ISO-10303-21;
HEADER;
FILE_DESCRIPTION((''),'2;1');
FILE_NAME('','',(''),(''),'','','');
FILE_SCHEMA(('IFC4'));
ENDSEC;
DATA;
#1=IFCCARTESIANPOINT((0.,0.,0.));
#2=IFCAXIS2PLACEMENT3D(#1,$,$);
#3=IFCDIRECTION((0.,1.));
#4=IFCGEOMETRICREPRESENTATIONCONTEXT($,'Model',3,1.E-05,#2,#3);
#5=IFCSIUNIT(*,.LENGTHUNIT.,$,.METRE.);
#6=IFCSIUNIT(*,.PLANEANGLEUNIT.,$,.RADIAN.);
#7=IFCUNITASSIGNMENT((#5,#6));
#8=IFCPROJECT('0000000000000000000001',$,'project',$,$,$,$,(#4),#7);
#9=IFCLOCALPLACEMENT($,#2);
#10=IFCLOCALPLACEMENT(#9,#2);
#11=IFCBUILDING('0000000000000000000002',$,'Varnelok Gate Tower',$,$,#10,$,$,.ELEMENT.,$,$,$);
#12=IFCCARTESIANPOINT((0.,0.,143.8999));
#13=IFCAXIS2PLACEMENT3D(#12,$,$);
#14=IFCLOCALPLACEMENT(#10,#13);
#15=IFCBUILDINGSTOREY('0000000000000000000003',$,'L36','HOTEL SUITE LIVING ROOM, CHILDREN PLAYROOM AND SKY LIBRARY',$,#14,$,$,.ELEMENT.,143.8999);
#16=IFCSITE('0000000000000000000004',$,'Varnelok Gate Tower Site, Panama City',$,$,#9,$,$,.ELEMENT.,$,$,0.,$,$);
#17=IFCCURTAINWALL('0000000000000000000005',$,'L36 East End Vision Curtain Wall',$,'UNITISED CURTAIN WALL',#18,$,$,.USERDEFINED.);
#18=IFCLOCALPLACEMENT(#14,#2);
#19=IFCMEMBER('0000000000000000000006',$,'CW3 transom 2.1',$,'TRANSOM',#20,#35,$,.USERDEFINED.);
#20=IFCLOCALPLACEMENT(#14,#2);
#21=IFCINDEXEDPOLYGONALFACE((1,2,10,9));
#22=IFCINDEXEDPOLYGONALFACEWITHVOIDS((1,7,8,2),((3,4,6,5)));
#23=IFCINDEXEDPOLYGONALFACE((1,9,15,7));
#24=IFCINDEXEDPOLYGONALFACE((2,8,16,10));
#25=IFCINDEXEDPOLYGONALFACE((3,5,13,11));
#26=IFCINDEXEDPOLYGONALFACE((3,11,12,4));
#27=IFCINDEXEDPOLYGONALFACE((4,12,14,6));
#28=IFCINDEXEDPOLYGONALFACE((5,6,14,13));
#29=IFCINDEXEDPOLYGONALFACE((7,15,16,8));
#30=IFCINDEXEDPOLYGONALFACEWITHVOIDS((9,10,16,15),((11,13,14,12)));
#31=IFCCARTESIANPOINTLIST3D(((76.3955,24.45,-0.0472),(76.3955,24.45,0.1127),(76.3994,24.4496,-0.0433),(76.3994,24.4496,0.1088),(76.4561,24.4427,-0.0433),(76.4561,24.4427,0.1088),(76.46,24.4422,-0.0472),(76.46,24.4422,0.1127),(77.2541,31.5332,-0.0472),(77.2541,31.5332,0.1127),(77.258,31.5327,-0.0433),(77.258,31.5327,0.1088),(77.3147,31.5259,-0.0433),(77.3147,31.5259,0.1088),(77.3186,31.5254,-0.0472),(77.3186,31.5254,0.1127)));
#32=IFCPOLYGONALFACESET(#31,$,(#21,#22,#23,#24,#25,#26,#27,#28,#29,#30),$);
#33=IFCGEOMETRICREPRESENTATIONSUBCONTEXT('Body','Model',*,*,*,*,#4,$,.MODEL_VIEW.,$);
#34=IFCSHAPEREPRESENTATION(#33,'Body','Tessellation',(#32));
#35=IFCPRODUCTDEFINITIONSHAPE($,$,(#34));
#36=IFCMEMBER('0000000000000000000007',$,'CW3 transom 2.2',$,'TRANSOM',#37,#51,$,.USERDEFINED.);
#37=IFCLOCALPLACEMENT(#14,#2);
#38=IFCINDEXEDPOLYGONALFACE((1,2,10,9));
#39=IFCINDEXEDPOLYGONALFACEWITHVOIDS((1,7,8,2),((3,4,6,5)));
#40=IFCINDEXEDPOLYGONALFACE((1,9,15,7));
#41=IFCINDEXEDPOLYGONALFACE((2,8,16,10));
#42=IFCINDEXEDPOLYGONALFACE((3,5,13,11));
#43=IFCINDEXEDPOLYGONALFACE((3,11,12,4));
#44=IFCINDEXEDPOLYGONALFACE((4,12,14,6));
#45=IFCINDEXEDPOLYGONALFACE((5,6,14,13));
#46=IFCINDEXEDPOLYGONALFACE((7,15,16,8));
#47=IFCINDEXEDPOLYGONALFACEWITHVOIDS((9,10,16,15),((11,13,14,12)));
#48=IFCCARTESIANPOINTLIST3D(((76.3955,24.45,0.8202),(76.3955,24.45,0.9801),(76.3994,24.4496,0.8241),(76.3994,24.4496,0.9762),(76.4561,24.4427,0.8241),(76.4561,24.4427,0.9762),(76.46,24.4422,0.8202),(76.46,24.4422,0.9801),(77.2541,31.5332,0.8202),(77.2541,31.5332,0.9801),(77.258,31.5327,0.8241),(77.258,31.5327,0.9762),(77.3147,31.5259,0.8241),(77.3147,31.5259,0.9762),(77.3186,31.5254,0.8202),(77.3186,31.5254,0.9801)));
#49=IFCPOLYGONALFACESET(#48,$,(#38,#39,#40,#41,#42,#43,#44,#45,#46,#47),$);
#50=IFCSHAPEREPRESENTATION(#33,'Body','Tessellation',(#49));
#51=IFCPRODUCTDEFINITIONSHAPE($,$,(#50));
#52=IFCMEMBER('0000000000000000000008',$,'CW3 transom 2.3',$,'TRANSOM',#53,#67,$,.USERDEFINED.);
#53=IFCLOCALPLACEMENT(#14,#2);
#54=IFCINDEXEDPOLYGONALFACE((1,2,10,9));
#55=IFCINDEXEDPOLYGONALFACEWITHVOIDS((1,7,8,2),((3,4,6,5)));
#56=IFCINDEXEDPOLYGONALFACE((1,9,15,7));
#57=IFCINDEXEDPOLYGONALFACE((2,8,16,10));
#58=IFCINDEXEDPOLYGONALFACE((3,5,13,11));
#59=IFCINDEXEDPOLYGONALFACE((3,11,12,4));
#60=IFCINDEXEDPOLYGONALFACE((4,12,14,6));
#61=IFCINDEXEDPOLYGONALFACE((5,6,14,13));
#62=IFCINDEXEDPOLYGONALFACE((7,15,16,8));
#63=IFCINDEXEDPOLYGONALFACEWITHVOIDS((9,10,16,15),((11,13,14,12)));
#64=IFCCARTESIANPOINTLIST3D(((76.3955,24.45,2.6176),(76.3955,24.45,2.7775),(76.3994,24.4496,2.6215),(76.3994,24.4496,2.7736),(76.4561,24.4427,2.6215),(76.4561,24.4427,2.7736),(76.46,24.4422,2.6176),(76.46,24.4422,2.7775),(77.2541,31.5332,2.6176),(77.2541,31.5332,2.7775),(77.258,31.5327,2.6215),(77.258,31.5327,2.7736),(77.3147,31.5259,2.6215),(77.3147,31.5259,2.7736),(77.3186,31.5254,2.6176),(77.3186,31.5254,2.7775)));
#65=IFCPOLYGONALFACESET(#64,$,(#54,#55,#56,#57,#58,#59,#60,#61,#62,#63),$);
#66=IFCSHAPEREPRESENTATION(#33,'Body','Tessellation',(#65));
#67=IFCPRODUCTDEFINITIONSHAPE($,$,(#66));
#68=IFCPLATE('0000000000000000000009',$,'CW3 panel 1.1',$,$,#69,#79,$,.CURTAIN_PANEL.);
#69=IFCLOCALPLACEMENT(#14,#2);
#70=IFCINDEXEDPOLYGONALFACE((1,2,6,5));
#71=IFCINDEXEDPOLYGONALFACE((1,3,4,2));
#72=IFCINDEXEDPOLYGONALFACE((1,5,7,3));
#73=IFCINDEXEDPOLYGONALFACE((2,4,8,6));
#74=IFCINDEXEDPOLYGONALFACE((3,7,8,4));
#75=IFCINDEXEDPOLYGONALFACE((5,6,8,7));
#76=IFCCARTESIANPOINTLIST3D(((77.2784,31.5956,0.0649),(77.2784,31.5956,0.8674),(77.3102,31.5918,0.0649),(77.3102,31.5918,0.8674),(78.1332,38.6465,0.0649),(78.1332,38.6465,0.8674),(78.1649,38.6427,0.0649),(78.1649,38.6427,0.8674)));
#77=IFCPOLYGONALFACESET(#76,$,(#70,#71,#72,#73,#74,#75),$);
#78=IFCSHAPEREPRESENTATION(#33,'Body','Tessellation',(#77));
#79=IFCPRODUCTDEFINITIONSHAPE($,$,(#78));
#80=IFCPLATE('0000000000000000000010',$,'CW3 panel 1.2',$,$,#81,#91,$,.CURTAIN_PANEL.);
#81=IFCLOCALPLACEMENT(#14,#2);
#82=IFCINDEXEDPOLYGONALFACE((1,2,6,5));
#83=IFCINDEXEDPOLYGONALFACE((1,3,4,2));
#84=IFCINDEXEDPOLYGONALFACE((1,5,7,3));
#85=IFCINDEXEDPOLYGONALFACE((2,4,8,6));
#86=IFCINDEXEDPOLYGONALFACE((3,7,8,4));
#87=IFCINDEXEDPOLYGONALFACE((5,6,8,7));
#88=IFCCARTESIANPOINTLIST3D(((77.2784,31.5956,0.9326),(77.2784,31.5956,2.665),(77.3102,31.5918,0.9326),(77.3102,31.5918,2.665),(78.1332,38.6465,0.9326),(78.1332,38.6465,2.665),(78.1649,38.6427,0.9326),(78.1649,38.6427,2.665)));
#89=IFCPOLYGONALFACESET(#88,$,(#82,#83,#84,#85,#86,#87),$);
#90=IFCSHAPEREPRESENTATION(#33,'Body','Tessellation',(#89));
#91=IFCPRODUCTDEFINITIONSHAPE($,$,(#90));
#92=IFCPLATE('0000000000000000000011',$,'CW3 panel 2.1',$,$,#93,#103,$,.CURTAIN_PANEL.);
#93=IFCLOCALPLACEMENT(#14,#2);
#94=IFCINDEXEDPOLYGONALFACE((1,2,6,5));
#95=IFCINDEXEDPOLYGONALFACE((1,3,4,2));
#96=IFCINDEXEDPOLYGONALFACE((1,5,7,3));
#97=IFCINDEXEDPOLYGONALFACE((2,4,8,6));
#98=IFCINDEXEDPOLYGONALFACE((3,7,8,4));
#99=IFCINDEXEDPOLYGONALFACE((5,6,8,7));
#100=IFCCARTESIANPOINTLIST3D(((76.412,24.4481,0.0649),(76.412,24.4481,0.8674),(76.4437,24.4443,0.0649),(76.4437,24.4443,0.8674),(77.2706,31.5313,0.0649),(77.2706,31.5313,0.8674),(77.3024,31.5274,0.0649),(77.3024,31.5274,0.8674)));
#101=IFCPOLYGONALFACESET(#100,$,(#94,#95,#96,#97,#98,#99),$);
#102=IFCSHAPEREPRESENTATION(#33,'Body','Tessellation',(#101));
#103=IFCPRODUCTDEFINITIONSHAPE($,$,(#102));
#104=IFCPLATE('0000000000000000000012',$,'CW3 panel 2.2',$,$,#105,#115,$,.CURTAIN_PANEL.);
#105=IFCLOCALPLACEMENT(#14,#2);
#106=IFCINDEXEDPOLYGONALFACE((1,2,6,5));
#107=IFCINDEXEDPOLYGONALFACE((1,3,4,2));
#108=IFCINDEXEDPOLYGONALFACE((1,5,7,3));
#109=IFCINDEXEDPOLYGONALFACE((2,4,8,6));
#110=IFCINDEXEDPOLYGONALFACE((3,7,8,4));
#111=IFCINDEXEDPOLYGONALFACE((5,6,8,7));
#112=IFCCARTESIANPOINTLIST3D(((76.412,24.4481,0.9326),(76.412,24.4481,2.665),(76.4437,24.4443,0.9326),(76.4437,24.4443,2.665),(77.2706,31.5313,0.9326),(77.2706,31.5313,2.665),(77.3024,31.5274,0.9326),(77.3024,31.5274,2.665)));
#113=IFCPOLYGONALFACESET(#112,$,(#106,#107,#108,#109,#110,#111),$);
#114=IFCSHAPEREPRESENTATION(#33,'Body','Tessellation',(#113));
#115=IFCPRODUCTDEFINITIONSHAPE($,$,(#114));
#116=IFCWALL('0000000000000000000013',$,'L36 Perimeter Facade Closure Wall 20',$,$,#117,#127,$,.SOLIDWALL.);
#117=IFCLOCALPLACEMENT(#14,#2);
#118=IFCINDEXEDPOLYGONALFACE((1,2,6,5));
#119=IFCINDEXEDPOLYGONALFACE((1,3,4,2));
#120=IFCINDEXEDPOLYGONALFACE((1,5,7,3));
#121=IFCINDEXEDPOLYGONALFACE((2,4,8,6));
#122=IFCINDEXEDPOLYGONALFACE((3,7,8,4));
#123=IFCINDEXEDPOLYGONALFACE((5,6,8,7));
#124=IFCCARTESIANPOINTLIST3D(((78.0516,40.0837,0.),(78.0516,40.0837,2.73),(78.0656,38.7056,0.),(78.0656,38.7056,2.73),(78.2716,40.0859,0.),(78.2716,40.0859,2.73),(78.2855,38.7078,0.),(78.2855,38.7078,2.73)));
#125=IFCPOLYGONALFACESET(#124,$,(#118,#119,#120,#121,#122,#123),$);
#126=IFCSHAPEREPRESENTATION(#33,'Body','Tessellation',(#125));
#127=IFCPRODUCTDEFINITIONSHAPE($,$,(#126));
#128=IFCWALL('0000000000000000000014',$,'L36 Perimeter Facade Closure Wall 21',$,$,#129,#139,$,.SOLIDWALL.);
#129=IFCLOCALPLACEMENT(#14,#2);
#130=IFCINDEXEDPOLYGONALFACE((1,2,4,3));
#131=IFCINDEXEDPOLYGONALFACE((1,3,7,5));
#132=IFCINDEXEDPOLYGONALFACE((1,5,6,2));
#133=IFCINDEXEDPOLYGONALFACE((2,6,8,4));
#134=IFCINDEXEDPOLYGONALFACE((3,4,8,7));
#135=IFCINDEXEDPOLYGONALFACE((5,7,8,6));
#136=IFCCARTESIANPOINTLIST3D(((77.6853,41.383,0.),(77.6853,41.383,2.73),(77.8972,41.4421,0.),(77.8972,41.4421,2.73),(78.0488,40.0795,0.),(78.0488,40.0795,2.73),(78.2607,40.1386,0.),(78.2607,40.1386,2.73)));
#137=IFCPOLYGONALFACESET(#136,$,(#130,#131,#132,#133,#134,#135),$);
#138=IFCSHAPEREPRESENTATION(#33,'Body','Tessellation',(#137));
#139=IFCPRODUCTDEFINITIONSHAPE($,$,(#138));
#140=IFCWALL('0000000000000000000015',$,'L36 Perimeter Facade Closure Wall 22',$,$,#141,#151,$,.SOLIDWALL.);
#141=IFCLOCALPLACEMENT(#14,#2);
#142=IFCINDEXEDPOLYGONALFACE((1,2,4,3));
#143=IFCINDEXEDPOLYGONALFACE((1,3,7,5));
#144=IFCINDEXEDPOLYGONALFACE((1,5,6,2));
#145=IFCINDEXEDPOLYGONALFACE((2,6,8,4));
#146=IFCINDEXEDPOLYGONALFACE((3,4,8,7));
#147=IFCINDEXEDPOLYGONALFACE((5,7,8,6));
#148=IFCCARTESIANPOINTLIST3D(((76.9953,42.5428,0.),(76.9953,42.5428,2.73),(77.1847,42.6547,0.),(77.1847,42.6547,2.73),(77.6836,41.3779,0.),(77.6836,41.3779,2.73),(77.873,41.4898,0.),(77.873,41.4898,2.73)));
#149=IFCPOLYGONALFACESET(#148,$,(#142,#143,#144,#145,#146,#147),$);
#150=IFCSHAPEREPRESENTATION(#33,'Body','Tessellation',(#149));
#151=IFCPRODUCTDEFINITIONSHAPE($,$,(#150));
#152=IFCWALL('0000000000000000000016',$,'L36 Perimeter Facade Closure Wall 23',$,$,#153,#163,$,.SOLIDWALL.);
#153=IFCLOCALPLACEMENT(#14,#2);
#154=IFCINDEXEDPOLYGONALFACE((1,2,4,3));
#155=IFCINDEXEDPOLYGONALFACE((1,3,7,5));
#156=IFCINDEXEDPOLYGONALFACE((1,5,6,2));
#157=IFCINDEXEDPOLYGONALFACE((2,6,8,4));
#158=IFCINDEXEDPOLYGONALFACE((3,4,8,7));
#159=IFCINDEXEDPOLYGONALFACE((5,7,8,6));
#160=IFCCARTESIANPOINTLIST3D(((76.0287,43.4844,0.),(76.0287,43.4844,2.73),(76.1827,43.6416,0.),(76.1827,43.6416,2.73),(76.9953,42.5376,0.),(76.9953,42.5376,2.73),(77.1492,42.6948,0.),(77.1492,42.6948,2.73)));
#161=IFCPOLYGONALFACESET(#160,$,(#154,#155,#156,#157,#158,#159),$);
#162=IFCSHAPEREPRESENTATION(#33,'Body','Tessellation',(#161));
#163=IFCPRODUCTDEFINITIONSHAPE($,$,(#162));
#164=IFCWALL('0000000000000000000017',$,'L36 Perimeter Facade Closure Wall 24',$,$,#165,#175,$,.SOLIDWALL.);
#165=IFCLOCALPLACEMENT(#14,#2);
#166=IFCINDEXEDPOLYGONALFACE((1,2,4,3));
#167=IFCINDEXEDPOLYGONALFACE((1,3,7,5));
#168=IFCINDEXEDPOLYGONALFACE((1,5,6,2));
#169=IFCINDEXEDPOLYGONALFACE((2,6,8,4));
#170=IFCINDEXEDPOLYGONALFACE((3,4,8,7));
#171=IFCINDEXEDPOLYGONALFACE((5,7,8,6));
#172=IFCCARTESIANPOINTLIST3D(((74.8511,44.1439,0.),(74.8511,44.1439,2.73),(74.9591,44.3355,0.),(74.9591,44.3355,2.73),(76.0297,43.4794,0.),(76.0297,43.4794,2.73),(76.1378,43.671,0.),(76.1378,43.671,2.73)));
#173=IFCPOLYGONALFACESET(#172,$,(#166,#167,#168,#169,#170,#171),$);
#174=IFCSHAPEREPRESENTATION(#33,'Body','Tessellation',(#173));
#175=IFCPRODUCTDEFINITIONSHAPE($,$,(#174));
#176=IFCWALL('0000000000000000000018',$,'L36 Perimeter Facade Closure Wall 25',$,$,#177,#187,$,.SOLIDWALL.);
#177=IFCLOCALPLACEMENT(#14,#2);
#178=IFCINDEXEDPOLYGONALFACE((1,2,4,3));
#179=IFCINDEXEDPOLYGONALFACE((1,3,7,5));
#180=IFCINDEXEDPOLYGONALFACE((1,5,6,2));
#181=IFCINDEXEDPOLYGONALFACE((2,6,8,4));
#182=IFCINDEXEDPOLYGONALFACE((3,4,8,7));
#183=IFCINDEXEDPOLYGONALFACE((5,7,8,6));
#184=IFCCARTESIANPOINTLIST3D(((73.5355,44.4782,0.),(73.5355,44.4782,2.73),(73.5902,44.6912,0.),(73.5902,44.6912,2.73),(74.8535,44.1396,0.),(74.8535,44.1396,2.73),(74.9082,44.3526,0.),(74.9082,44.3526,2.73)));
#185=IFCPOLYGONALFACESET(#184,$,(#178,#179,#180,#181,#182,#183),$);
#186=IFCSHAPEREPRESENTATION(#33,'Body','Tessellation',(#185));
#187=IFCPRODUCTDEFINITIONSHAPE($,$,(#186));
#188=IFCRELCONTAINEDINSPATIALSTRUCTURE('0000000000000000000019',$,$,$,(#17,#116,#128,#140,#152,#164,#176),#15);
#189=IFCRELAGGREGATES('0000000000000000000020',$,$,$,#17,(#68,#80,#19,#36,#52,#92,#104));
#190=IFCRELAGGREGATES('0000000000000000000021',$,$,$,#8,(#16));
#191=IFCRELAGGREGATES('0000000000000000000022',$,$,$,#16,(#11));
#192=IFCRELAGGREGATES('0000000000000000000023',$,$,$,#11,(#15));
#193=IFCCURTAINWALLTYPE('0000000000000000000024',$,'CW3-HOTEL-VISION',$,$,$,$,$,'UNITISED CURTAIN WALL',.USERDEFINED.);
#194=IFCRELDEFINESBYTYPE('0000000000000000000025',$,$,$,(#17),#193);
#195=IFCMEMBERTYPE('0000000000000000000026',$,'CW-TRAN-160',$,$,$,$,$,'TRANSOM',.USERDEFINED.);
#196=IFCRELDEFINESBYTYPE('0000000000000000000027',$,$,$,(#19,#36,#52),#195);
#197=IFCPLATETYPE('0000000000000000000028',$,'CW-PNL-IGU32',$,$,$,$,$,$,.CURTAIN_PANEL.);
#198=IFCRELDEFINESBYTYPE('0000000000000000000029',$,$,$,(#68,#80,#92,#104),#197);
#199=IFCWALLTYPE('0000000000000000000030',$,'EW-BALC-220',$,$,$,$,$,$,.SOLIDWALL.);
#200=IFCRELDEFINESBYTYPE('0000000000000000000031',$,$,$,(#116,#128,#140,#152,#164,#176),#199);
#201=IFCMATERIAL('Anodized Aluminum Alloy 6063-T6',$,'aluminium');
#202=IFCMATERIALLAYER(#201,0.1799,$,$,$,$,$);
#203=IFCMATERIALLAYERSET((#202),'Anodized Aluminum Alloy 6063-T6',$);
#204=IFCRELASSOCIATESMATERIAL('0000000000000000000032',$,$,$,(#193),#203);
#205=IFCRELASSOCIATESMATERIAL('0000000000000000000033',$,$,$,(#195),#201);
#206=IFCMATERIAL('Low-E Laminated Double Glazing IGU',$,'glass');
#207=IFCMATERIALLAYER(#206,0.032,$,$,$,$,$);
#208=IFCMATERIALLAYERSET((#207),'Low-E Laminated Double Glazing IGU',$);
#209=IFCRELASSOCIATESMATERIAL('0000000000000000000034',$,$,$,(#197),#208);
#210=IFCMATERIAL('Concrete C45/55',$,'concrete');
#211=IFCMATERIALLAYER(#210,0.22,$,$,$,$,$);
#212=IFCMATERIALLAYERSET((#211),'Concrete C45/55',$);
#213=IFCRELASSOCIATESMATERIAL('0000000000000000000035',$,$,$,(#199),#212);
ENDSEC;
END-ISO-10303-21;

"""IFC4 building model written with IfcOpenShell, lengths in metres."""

from ifc_helpers import new_model, si_unit, direction, frame, frame_2d, origin, origin_2d, place, context, subcontext, project, spatial, rectangle, hollow_rectangle, extrude, source, transform, mapped, material, layer, layer_set, material_profile, profile_set, type_object, element, aggregate, save


model = new_model("IFC4")

# Units and contexts
model_context = context("Model", 3, precision=1e-05, world=origin(), true_north=direction((0.0, 1.0)))
body_context = subcontext(model_context, "Body", "Model", "MODEL_VIEW")
ifc_project = project(units=[si_unit("LENGTHUNIT", "METRE"), si_unit("PLANEANGLEUNIT", "RADIAN")], contexts=[model_context])

# Site, building, storey
site_placement = place(None, origin())
site = spatial("IfcSite", under=ifc_project, at=site_placement, Name="Varnelok Gate Tower Site, Panama City", CompositionType="ELEMENT", RefElevation=0.0)
building_placement = place(site_placement, origin())
building = spatial("IfcBuilding", under=site, at=building_placement, Name="Varnelok Gate Tower", CompositionType="ELEMENT")
storey_placement = place(building_placement, frame((0.0, 0.0, 143.8999)))
storey = spatial("IfcBuildingStorey", under=building, at=storey_placement, Name="L36", Description="HOTEL SUITE LIVING ROOM, CHILDREN PLAYROOM AND SKY LIBRARY", CompositionType="ELEMENT", Elevation=143.8999)

# Curtain wall, members, plates
ifc_material_1 = material(Name="Anodized Aluminum Alloy 6063-T6", Category="aluminium")
ifc_layer_1 = layer(ifc_material_1, 0.1799)
ifc_layer_set_1 = layer_set([ifc_layer_1], Name="Anodized Aluminum Alloy 6063-T6")
curtain_wall_type = type_object("IfcCurtainWallType", Name="CW3-HOTEL-VISION", ElementType="UNITISED CURTAIN WALL", PredefinedType="USERDEFINED", material=ifc_layer_set_1)
curtain_wall_placement = place(storey_placement, origin())
curtain_wall = element("IfcCurtainWall", 1, at=curtain_wall_placement, inside=storey, type_object=curtain_wall_type, Name="L36 East End Vision Curtain Wall", ObjectType="UNITISED CURTAIN WALL", PredefinedType="USERDEFINED")
ifc_material_profile_1 = material_profile(ifc_material_1, hollow_rectangle(XDim=0.0649, YDim=0.1599, WallThickness=0.0039, at=origin_2d()), Name="ALU160X65X4")
ifc_profile_set_1 = profile_set([ifc_material_profile_1], Name="Anodized Aluminum Alloy 6063-T6")
member_type_1 = type_object("IfcMemberType", Name="CW-TRAN-160", ElementType="TRANSOM", PredefinedType="USERDEFINED", material=ifc_profile_set_1)
member_1_placement = place(storey_placement, frame((77.2864, 31.5293, 0.0327), z_axis=(-0.120341, -0.992733, 0.0), x_axis=(0.992733, -0.120341, 0.0)))
member_1 = element("IfcMember", 2, at=member_1_placement, type_object=member_type_1, Name="CW3 transom 2.1", ObjectType="TRANSOM", PredefinedType="USERDEFINED", context=body_context, shape_type="SweptSolid", body=[
    extrude(hollow_rectangle(XDim=0.0649, YDim=0.1599, WallThickness=0.0039, at=origin_2d()), origin(), (0.0, 0.0, 1.0), 7.135),
])
member_2_placement = place(storey_placement, frame((77.2864, 31.5293, 0.9001), z_axis=(-0.120341, -0.992733, 0.0), x_axis=(0.992733, -0.120341, 0.0)))
member_2 = element("IfcMember", 3, at=member_2_placement, type_object=member_type_1, Name="CW3 transom 2.2", ObjectType="TRANSOM", PredefinedType="USERDEFINED", context=body_context, shape_type="SweptSolid", body=[
    extrude(hollow_rectangle(XDim=0.0649, YDim=0.1599, WallThickness=0.0039, at=origin_2d()), origin(), (0.0, 0.0, 1.0), 7.135),
])
member_3_placement = place(storey_placement, frame((77.2864, 31.5293, 2.6975), z_axis=(-0.120341, -0.992733, 0.0), x_axis=(0.992733, -0.120341, 0.0)))
member_3 = element("IfcMember", 4, at=member_3_placement, type_object=member_type_1, Name="CW3 transom 2.3", ObjectType="TRANSOM", PredefinedType="USERDEFINED", context=body_context, shape_type="SweptSolid", body=[
    extrude(hollow_rectangle(XDim=0.0649, YDim=0.1599, WallThickness=0.0039, at=origin_2d()), origin(), (0.0, 0.0, 1.0), 7.135),
])
ifc_material_2 = material(Name="Low-E Laminated Double Glazing IGU", Category="glass")
ifc_layer_2 = layer(ifc_material_2, 0.032)
ifc_layer_set_2 = layer_set([ifc_layer_2], Name="Low-E Laminated Double Glazing IGU")
plate_type = type_object("IfcPlateType", Name="CW-PNL-IGU32", PredefinedType="CURTAIN_PANEL", material=ifc_layer_set_2)
shared_shape_1 = source(origin(), body_context, "Body", "SweptSolid", [
    extrude(rectangle(XDim=7.1025, YDim=0.032, at=origin_2d()), origin(), (0.0, 0.0, 1.0), 0.8025),
])
plate_1_placement = place(storey_placement, frame((77.7217, 35.1191, 0.0649), z_axis=(0.0, 0.0, 1.0), x_axis=(-0.120347, -0.992732, 0.0)))
plate_1 = element("IfcPlate", 5, at=plate_1_placement, type_object=plate_type, Name="CW3 panel 1.1", PredefinedType="CURTAIN_PANEL", context=body_context, shape_type="MappedRepresentation", body=[
    mapped(shared_shape_1, transform((0.0, 0.0, 0.0), scale=1.0)),
])
shared_shape_2 = source(origin(), body_context, "Body", "SweptSolid", [
    extrude(rectangle(XDim=7.1025, YDim=0.032, at=origin_2d()), origin(), (0.0, 0.0, 1.0), 1.7324),
])
plate_2_placement = place(storey_placement, frame((77.7217, 35.1191, 0.9326), z_axis=(0.0, 0.0, 1.0), x_axis=(-0.120347, -0.992732, 0.0)))
plate_2 = element("IfcPlate", 6, at=plate_2_placement, type_object=plate_type, Name="CW3 panel 1.2", PredefinedType="CURTAIN_PANEL", context=body_context, shape_type="MappedRepresentation", body=[
    mapped(shared_shape_2, transform((0.0, 0.0, 0.0), scale=1.0)),
])
shared_shape_3 = source(origin(), body_context, "Body", "SweptSolid", [
    extrude(rectangle(XDim=7.135, YDim=0.032, at=origin_2d()), origin(), (0.0, 0.0, 1.0), 0.8025),
])
plate_3_placement = place(storey_placement, frame((76.8572, 27.9878, 0.0649), z_axis=(0.0, 0.0, 1.0), x_axis=(-0.120347, -0.992732, 0.0)))
plate_3 = element("IfcPlate", 7, at=plate_3_placement, type_object=plate_type, Name="CW3 panel 2.1", PredefinedType="CURTAIN_PANEL", context=body_context, shape_type="MappedRepresentation", body=[
    mapped(shared_shape_3, transform((0.0, 0.0, 0.0), scale=1.0)),
])
shared_shape_4 = source(origin(), body_context, "Body", "SweptSolid", [
    extrude(rectangle(XDim=7.135, YDim=0.032, at=origin_2d()), origin(), (0.0, 0.0, 1.0), 1.7324),
])
plate_4_placement = place(storey_placement, frame((76.8572, 27.9878, 0.9326), z_axis=(0.0, 0.0, 1.0), x_axis=(-0.120347, -0.992732, 0.0)))
plate_4 = element("IfcPlate", 8, at=plate_4_placement, type_object=plate_type, Name="CW3 panel 2.2", PredefinedType="CURTAIN_PANEL", context=body_context, shape_type="MappedRepresentation", body=[
    mapped(shared_shape_4, transform((0.0, 0.0, 0.0), scale=1.0)),
])
aggregate(curtain_wall, [plate_1, plate_2, member_1, member_2, member_3, plate_3, plate_4])

# Walls
ifc_material_3 = material(Name="Concrete C45/55", Category="concrete")
ifc_layer_3 = layer(ifc_material_3, 0.22)
ifc_layer_set_3 = layer_set([ifc_layer_3], Name="Concrete C45/55")
wall_type_1 = type_object("IfcWallType", Name="EW-BALC-220", PredefinedType="SOLIDWALL", material=ifc_layer_set_3)
wall_1_placement = place(storey_placement, frame((78.1755, 38.7068, 0.0), z_axis=(0.0, 0.0, 1.0), x_axis=(-0.010097, 0.999949, 0.0)))
element("IfcWall", 9, at=wall_1_placement, inside=storey, type_object=wall_type_1, Name="L36 Perimeter Facade Closure Wall 20", PredefinedType="SOLIDWALL", context=body_context, shape_type="SweptSolid", body=[
    extrude(rectangle(XDim=1.3782, YDim=0.22, at=frame_2d((0.689, 0.0))), origin(), (0.0, 0.0, 1.0), 2.73),
])
wall_2_placement = place(storey_placement, frame((78.1548, 40.1089, 0.0), z_axis=(0.0, 0.0, 1.0), x_axis=(-0.268639, 0.963241, 0.0)))
element("IfcWall", 10, at=wall_2_placement, inside=storey, type_object=wall_type_1, Name="L36 Perimeter Facade Closure Wall 21", PredefinedType="SOLIDWALL", context=body_context, shape_type="SweptSolid", body=[
    extrude(rectangle(XDim=1.3533, YDim=0.22, at=frame_2d((0.6768, 0.0))), origin(), (0.0, 0.0, 1.0), 2.73),
])
for number, where, z_axis, x_axis, name in (
    (11, (77.7783, 41.4338, 0.0), (0.0, 0.0, 1.0), (-0.508699, 0.860944, 0.0), "L36 Perimeter Facade Closure Wall 22"),
    (12, (77.0723, 42.6162, 0.0), (0.0, 0.0, 1.0), (-0.714377, 0.699761, 0.0), "L36 Perimeter Facade Closure Wall 23"),
    (13, (76.0837, 43.5752, 0.0), (0.0, 0.0, 1.0), (-0.871093, 0.491118, 0.0), "L36 Perimeter Facade Closure Wall 24"),
):
    element("IfcWall", number, at=place(storey_placement, frame(where, z_axis=z_axis, x_axis=x_axis)), inside=storey, type_object=wall_type_1, Name=name, PredefinedType="SOLIDWALL", context=body_context, shape_type="SweptSolid", body=[
        extrude(rectangle(XDim=1.353, YDim=0.22, at=frame_2d((0.6765, 0.0))), origin(), (0.0, 0.0, 1.0), 2.73),
    ])
wall_3_placement = place(storey_placement, frame((74.8809, 44.2461, 0.0), z_axis=(0.0, 0.0, 1.0), x_axis=(-0.96855, 0.24882, 0.0)))
element("IfcWall", 14, at=wall_3_placement, inside=storey, type_object=wall_type_1, Name="L36 Perimeter Facade Closure Wall 25", PredefinedType="SOLIDWALL", context=body_context, shape_type="SweptSolid", body=[
    extrude(rectangle(XDim=1.3608, YDim=0.22, at=frame_2d((0.6804, 0.0))), origin(), (0.0, 0.0, 1.0), 2.73),
])

save(model, "model.ifc")
